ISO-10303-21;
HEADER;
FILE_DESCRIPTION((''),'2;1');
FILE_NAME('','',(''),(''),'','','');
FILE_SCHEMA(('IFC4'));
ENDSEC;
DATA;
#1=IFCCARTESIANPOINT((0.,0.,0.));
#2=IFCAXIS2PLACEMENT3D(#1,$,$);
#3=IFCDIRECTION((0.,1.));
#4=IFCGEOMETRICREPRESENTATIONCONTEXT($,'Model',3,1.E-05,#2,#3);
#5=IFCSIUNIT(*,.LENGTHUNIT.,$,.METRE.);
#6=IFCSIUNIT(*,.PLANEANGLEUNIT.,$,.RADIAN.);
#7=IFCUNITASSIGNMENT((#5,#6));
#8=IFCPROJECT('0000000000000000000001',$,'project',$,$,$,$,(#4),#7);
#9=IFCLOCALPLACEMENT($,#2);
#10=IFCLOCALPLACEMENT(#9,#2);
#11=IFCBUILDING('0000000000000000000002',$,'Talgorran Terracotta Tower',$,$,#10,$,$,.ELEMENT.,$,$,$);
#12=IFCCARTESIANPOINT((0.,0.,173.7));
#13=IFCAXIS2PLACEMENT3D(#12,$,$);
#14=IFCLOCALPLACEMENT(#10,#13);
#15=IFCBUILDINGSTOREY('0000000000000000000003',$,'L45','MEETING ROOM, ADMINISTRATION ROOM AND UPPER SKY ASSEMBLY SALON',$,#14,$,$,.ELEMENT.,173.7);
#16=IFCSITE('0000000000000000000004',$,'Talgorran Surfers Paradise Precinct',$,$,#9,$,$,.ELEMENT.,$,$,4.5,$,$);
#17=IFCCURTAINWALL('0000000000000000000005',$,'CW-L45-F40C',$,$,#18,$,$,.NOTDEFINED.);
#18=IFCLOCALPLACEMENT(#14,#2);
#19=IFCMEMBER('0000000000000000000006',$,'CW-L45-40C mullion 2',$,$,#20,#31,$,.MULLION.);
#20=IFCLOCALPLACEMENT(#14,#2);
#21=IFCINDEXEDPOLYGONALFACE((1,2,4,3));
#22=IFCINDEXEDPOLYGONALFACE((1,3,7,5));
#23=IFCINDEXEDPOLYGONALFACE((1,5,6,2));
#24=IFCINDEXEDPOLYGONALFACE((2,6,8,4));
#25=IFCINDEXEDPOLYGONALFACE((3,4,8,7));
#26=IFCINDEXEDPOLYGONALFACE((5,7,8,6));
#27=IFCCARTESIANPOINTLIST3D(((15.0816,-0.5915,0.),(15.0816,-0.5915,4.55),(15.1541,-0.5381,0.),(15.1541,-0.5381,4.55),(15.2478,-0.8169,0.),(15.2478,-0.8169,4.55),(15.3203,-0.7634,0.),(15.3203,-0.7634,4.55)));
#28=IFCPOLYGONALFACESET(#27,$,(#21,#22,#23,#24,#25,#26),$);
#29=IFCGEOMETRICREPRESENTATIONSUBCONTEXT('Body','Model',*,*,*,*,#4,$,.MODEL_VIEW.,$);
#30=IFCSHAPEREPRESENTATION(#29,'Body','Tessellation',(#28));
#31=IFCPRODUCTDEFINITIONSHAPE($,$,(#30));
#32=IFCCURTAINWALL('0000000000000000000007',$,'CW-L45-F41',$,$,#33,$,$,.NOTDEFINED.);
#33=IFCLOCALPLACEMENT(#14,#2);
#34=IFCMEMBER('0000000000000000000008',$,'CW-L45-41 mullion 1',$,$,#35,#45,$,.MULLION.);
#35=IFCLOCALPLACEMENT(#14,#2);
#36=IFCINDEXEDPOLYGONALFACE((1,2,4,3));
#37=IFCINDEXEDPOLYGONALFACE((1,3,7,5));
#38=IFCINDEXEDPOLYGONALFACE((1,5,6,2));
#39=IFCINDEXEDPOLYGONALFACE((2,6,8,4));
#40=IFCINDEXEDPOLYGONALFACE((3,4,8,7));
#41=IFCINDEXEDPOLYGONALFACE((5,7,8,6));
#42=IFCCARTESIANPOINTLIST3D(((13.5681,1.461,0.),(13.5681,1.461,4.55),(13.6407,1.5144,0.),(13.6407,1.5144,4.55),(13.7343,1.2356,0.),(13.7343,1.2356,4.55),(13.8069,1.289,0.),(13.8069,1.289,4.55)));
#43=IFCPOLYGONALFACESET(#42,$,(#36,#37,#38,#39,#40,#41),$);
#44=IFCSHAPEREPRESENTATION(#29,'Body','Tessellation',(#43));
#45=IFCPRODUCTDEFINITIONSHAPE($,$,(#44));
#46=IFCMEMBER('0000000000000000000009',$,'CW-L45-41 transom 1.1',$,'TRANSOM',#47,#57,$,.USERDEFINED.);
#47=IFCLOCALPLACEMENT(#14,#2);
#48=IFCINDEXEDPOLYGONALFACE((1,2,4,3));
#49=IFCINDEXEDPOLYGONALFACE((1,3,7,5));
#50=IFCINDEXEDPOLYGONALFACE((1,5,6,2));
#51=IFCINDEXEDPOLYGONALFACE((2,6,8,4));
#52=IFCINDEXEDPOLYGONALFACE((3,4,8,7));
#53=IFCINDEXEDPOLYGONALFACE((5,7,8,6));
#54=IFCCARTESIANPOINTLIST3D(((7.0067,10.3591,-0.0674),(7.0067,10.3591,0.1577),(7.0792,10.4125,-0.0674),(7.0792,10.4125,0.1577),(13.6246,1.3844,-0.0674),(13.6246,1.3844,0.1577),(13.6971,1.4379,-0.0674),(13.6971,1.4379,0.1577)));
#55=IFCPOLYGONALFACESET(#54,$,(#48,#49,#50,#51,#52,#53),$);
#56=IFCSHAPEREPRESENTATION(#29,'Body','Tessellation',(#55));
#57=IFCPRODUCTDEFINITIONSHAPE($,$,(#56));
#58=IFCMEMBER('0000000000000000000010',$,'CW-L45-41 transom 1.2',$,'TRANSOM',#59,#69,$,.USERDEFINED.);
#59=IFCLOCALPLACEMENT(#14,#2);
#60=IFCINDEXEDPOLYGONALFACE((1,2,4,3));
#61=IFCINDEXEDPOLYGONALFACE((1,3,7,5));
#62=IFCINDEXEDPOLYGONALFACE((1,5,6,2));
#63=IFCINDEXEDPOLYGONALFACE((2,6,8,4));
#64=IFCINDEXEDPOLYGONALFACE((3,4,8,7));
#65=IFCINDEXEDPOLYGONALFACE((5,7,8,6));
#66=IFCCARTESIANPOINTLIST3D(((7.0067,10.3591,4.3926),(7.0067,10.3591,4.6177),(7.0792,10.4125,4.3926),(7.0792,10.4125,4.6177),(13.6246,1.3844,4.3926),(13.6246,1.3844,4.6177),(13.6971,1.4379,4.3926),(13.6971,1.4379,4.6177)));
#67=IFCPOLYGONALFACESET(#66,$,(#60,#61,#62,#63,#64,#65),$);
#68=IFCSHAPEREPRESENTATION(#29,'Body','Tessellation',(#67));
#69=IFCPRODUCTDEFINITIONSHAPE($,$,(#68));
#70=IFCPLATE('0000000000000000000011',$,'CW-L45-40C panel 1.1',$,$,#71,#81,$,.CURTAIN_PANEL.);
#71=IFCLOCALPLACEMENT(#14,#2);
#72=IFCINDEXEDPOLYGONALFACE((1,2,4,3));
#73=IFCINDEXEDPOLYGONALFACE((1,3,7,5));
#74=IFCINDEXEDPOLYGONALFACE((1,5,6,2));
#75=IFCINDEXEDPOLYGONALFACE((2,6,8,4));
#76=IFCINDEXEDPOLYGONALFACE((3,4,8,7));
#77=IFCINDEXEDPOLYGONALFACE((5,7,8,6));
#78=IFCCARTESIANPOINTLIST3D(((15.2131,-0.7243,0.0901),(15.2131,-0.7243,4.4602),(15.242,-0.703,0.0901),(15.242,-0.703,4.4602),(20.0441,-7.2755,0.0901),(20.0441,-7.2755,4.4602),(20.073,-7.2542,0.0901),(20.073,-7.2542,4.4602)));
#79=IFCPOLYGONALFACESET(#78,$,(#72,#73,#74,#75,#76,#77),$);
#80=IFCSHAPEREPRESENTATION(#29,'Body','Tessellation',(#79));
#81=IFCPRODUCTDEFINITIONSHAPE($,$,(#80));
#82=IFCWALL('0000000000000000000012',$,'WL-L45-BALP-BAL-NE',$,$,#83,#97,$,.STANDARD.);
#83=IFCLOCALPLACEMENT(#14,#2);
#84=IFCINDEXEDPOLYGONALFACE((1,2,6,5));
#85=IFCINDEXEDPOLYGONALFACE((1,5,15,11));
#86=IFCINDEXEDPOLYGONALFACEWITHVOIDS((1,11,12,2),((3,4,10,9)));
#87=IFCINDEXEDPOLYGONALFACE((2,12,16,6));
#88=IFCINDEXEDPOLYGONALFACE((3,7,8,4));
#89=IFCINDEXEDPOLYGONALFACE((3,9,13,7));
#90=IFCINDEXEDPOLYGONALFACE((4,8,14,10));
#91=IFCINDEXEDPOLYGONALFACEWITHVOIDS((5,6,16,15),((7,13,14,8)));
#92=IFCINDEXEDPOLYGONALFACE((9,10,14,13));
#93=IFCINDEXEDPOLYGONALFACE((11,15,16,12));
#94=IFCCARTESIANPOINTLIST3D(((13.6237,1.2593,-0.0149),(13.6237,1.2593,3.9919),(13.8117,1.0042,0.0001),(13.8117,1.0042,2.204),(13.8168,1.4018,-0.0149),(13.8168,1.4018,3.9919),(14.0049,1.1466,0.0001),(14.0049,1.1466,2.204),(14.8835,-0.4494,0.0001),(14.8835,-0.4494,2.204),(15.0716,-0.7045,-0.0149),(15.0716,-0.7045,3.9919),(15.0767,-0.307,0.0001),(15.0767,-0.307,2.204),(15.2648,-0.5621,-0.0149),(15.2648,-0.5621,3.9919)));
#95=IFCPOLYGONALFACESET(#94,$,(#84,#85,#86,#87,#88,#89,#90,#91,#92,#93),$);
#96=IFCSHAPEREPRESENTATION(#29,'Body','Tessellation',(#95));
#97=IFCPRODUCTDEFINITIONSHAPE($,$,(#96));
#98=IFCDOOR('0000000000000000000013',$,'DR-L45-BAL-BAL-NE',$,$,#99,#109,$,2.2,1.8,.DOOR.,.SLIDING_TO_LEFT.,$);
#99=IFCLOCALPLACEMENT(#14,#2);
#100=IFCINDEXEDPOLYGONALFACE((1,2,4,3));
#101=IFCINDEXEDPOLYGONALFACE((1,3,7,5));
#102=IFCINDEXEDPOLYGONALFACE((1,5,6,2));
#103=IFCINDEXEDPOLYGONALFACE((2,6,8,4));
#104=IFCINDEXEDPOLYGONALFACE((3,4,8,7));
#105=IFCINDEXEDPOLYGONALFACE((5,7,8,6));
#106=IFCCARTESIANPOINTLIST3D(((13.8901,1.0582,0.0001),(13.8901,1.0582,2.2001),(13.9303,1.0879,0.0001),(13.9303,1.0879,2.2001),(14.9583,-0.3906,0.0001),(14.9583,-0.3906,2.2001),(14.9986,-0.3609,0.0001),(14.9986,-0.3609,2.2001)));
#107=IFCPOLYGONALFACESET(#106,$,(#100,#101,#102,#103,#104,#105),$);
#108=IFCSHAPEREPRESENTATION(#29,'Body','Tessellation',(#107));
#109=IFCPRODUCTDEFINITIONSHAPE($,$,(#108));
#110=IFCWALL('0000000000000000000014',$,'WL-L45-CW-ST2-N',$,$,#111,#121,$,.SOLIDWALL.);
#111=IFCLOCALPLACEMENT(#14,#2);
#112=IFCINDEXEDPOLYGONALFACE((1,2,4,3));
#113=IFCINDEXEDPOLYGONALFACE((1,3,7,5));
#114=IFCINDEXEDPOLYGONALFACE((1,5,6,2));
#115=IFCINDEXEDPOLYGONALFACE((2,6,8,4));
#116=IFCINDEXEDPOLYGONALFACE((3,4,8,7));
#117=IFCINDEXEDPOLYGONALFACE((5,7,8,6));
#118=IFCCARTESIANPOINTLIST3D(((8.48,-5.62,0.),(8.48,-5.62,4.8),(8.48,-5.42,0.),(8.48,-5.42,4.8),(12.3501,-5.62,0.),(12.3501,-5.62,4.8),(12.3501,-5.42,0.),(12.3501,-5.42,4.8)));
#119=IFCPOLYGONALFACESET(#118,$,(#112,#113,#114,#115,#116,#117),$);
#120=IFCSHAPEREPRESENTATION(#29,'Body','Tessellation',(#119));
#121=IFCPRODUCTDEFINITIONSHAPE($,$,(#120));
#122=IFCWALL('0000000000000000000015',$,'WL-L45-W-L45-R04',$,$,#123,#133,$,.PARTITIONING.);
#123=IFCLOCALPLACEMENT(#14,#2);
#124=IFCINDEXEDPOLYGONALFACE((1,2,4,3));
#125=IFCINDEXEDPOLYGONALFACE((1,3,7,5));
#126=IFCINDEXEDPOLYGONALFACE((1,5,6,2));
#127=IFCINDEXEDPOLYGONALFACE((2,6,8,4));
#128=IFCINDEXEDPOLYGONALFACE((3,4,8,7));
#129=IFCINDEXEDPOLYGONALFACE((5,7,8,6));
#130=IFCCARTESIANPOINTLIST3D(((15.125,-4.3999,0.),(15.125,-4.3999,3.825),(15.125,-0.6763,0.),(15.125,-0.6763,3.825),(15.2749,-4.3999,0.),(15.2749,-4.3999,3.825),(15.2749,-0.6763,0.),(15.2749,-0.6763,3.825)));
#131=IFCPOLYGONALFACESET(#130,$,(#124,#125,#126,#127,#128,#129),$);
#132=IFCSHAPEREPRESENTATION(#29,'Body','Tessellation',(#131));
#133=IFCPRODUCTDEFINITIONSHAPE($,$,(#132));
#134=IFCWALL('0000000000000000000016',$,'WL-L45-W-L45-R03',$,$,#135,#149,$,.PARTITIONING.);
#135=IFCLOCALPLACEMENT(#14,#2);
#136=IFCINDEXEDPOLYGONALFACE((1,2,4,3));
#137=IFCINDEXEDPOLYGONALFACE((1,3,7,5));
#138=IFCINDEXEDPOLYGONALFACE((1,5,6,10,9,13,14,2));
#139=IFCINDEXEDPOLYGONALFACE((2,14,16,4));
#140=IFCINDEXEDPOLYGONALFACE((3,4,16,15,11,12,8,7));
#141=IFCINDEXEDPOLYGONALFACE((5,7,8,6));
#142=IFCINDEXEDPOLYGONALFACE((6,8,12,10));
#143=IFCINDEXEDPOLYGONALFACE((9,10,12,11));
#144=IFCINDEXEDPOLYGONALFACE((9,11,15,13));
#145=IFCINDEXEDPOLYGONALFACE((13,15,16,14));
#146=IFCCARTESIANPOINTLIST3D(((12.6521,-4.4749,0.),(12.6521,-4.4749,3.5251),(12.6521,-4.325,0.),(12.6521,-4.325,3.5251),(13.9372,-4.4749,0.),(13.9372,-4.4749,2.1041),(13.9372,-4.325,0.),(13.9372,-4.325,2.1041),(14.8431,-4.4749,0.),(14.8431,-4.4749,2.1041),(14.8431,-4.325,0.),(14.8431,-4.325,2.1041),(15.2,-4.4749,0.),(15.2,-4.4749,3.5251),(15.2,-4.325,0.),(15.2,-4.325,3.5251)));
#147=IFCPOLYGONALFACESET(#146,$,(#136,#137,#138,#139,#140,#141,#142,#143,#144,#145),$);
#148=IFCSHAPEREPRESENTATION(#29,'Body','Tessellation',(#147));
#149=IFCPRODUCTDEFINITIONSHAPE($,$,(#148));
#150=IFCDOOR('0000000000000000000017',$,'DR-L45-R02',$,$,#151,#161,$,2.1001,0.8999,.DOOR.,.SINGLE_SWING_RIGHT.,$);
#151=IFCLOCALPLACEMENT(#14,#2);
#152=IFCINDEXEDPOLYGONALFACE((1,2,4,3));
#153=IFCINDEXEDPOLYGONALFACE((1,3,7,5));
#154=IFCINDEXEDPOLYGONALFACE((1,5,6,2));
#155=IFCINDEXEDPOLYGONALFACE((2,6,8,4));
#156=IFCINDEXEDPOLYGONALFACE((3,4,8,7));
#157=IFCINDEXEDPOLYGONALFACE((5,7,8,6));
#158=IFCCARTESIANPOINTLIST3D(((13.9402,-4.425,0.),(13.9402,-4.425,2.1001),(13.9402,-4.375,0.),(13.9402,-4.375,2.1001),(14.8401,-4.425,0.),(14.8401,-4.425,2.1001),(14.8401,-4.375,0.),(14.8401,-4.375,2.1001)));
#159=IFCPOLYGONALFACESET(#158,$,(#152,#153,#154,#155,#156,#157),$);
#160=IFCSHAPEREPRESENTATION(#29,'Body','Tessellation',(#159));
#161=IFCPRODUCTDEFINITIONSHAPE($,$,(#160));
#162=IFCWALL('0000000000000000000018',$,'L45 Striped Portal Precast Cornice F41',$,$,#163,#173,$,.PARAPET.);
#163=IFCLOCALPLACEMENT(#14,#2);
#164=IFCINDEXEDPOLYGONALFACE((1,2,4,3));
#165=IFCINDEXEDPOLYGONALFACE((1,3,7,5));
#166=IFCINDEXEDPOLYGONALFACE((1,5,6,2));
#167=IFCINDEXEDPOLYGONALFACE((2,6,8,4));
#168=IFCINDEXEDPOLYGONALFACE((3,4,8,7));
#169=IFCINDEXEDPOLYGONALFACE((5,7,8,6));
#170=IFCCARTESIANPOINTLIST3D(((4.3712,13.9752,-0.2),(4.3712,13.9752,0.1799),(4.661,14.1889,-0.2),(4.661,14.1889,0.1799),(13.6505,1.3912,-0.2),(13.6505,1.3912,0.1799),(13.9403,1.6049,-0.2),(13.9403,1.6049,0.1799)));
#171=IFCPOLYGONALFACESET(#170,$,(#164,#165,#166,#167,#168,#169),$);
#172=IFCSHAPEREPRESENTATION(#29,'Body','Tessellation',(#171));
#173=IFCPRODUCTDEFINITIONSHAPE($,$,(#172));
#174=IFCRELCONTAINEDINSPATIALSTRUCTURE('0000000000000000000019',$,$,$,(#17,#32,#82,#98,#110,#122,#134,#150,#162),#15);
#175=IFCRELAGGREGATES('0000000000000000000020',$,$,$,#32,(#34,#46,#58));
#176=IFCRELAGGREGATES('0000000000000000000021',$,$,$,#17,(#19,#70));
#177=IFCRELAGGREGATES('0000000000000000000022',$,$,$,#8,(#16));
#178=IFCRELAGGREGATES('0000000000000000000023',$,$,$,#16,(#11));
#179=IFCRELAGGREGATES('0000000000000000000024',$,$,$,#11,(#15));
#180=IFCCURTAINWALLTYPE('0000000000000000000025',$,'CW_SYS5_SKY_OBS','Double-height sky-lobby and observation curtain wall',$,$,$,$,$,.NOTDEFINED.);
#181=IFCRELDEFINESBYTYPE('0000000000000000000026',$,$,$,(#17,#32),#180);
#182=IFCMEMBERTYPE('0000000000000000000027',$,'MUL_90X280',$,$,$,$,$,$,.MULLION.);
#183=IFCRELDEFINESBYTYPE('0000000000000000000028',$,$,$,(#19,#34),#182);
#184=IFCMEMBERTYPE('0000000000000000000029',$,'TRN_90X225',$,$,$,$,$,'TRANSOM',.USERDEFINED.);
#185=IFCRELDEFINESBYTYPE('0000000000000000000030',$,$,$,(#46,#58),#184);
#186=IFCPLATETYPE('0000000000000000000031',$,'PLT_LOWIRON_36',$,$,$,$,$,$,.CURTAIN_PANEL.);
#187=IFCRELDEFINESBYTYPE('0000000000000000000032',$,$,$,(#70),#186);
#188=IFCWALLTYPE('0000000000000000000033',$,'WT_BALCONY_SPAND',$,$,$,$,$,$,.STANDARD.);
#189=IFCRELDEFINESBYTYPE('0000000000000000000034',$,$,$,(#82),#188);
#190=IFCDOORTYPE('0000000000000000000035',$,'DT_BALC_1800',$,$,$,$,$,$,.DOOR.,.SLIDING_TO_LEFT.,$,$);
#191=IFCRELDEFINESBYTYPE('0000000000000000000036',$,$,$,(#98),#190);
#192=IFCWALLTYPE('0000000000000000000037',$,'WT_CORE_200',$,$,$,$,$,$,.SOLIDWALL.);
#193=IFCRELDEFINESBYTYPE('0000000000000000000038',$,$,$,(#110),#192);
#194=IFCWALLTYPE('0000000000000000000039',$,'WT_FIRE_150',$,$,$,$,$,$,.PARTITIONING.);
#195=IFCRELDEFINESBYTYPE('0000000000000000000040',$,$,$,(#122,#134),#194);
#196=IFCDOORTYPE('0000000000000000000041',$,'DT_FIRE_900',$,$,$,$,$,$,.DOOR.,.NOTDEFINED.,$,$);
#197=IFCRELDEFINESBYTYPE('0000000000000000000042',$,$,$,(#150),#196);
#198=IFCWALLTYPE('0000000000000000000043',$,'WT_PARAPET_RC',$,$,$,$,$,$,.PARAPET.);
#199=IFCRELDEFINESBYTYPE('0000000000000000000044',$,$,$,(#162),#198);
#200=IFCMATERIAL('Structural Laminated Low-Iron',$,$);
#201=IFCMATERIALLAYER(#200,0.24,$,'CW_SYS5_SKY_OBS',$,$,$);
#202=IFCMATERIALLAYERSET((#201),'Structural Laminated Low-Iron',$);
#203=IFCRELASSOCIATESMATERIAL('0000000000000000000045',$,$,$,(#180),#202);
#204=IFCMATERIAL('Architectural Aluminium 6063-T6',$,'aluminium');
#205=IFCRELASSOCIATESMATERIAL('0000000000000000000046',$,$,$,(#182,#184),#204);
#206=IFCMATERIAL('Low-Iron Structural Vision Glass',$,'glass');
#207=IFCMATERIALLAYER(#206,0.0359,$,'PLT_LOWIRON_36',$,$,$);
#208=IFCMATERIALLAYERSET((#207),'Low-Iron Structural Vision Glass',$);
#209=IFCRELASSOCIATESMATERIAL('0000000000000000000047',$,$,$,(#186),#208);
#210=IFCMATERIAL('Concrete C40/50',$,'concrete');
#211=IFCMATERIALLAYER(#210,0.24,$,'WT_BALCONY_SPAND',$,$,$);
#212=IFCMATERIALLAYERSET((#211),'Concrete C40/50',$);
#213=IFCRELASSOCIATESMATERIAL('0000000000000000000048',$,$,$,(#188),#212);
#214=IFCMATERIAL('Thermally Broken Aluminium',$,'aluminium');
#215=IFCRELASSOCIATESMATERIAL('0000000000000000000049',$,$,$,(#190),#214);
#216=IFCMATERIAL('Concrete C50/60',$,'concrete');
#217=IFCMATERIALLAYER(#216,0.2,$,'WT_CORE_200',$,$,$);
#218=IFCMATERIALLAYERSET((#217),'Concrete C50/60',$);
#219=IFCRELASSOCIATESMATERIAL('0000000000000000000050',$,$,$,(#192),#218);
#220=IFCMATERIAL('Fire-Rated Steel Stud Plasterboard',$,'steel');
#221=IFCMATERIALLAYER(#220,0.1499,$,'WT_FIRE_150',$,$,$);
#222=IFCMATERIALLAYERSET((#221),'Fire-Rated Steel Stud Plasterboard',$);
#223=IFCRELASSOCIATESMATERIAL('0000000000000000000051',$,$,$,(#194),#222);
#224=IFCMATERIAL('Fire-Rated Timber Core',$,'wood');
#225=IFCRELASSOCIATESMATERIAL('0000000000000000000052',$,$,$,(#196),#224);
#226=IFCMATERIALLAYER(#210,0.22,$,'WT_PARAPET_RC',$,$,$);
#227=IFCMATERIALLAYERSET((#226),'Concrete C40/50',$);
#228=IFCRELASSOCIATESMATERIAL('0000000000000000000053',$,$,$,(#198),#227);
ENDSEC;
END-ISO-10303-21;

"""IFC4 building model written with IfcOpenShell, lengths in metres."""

from ifc_helpers import new_model, si_unit, direction, frame, frame_2d, origin, origin_2d, place, context, subcontext, project, spatial, rectangle, extrude, source, transform, mapped, material, layer, layer_set, material_profile, profile_set, type_object, type_shapes, element, fill, aggregate, save


model = new_model("IFC4")

# Units and contexts
model_context = context("Model", 3, precision=1e-05, world=origin(), true_north=direction((0.0, 1.0)))
body_context = subcontext(model_context, "Body", "Model", "MODEL_VIEW")
ifc_project = project(units=[si_unit("LENGTHUNIT", "METRE"), si_unit("PLANEANGLEUNIT", "RADIAN")], contexts=[model_context])

# Site, building, storey
site_placement = place(None, origin())
site = spatial("IfcSite", under=ifc_project, at=site_placement, Name="Talgorran Surfers Paradise Precinct", CompositionType="ELEMENT", RefElevation=4.5)
building_placement = place(site_placement, origin())
building = spatial("IfcBuilding", under=site, at=building_placement, Name="Talgorran Terracotta Tower", CompositionType="ELEMENT")
storey_placement = place(building_placement, frame((0.0, 0.0, 173.7)))
storey = spatial("IfcBuildingStorey", under=building, at=storey_placement, Name="L45", Description="MEETING ROOM, ADMINISTRATION ROOM AND UPPER SKY ASSEMBLY SALON", CompositionType="ELEMENT", Elevation=173.7)

# Curtain wall, member
ifc_material_1 = material(Name="Structural Laminated Low-Iron")
ifc_layer_1 = layer(ifc_material_1, 0.24, Name="CW_SYS5_SKY_OBS")
ifc_layer_set_1 = layer_set([ifc_layer_1], Name="Structural Laminated Low-Iron")
curtain_wall_type = type_object("IfcCurtainWallType", Name="CW_SYS5_SKY_OBS", Description="Double-height sky-lobby and observation curtain wall", PredefinedType="NOTDEFINED", material=ifc_layer_set_1)
curtain_wall_1_placement = place(storey_placement, origin())
curtain_wall_1 = element("IfcCurtainWall", 1, at=curtain_wall_1_placement, inside=storey, type_object=curtain_wall_type, Name="CW-L45-F40C", PredefinedType="NOTDEFINED")
ifc_material_2 = material(Name="Architectural Aluminium 6063-T6", Category="aluminium")
ifc_material_profile_1 = material_profile(ifc_material_2, rectangle(XDim=0.0901, YDim=0.28, at=origin_2d()), Name="CWM90X280")
ifc_profile_set_1 = profile_set([ifc_material_profile_1], Name="Architectural Aluminium 6063-T6")
member_type_1 = type_object("IfcMemberType", Name="MUL_90X280", PredefinedType="MULLION", material=ifc_profile_set_1)
member_1_placement = place(storey_placement, frame((15.2009, -0.6775, 0.0), z_axis=(0.0, 0.0, 1.0), x_axis=(-0.804836, -0.593497, 0.0)))
member_1 = element("IfcMember", 2, at=member_1_placement, type_object=member_type_1, Name="CW-L45-40C mullion 2", PredefinedType="MULLION", context=body_context, shape_type="SweptSolid", body=[
    extrude(rectangle(XDim=0.0901, YDim=0.28, at=origin_2d()), origin(), (0.0, 0.0, 1.0), 4.55),
])

# Curtain wall, members
curtain_wall_2_placement = place(storey_placement, origin())
curtain_wall_2 = element("IfcCurtainWall", 3, at=curtain_wall_2_placement, inside=storey, type_object=curtain_wall_type, Name="CW-L45-F41", PredefinedType="NOTDEFINED")
member_2_placement = place(storey_placement, frame((13.6875, 1.375, 0.0), z_axis=(0.0, 0.0, 1.0), x_axis=(-0.804839, -0.593493, 0.0)))
member_2 = element("IfcMember", 4, at=member_2_placement, type_object=member_type_1, Name="CW-L45-41 mullion 1", PredefinedType="MULLION", context=body_context, shape_type="SweptSolid", body=[
    extrude(rectangle(XDim=0.0901, YDim=0.28, at=origin_2d()), origin(), (0.0, 0.0, 1.0), 4.55),
])
ifc_material_profile_2 = material_profile(ifc_material_2, rectangle(XDim=0.0901, YDim=0.2251, at=origin_2d()), Name="CWT90X225")
ifc_profile_set_2 = profile_set([ifc_material_profile_2], Name="Architectural Aluminium 6063-T6")
member_type_2 = type_object("IfcMemberType", Name="TRN_90X225", ElementType="TRANSOM", PredefinedType="USERDEFINED", material=ifc_profile_set_2)
member_3_placement = place(storey_placement, frame((13.6609, 1.4111, 0.0452), z_axis=(-0.593493, 0.80484, 0.0), x_axis=(-0.80484, -0.593493, 0.0)))
member_3 = element("IfcMember", 5, at=member_3_placement, type_object=member_type_2, Name="CW-L45-41 transom 1.1", ObjectType="TRANSOM", PredefinedType="USERDEFINED", context=body_context, shape_type="SweptSolid", body=[
    extrude(rectangle(XDim=0.0901, YDim=0.2251, at=origin_2d()), origin(), (0.0, 0.0, 1.0), 11.1509),
])
member_4_placement = place(storey_placement, frame((13.6609, 1.4111, 4.5051), z_axis=(-0.593493, 0.80484, 0.0), x_axis=(-0.80484, -0.593493, 0.0)))
member_4 = element("IfcMember", 6, at=member_4_placement, type_object=member_type_2, Name="CW-L45-41 transom 1.2", ObjectType="TRANSOM", PredefinedType="USERDEFINED", context=body_context, shape_type="SweptSolid", body=[
    extrude(rectangle(XDim=0.0901, YDim=0.2251, at=origin_2d()), origin(), (0.0, 0.0, 1.0), 11.1509),
])
aggregate(curtain_wall_2, [member_2, member_3, member_4])

# Plate
ifc_material_3 = material(Name="Low-Iron Structural Vision Glass", Category="glass")
ifc_layer_2 = layer(ifc_material_3, 0.0359, Name="PLT_LOWIRON_36")
ifc_layer_set_2 = layer_set([ifc_layer_2], Name="Low-Iron Structural Vision Glass")
plate_type = type_object("IfcPlateType", Name="PLT_LOWIRON_36", PredefinedType="CURTAIN_PANEL", material=ifc_layer_set_2)
shared_shape = source(origin(), body_context, "Body", "SweptSolid", [
    extrude(rectangle(XDim=8.1399, YDim=0.0359, at=origin_2d()), origin(), (0.0, 0.0, 1.0), 4.3701),
])
type_shapes(plate_type, [shared_shape])
plate_placement = place(storey_placement, frame((17.6431, -3.9893, 0.0901), z_axis=(0.0, 0.0, 1.0), x_axis=(-0.593497, 0.804836, 0.0)))
plate = element("IfcPlate", 7, at=plate_placement, type_object=plate_type, Name="CW-L45-40C panel 1.1", PredefinedType="CURTAIN_PANEL", context=body_context, shape_type="MappedRepresentation", body=[
    mapped(shared_shape, transform((0.0, 0.0, 0.0), scale=1.0)),
])
aggregate(curtain_wall_1, [member_1, plate])

# Wall, opening, door
ifc_material_4 = material(Name="Concrete C40/50", Category="concrete")
ifc_layer_3 = layer(ifc_material_4, 0.24, Name="WT_BALCONY_SPAND")
ifc_layer_set_3 = layer_set([ifc_layer_3], Name="Concrete C40/50")
wall_type_1 = type_object("IfcWallType", Name="WT_BALCONY_SPAND", PredefinedType="STANDARD", material=ifc_layer_set_3)
wall_1_placement = place(storey_placement, frame((15.1682, -0.6333, -0.0149), z_axis=(0.0, 0.0, 1.0), x_axis=(-0.593448, 0.804872, 0.0)))
wall_1 = element("IfcWall", 8, at=wall_1_placement, inside=storey, type_object=wall_type_1, Name="WL-L45-BALP-BAL-NE", PredefinedType="STANDARD", context=body_context, shape_type="SweptSolid", body=[
    extrude(rectangle(XDim=2.4399, YDim=0.24, at=frame_2d((1.22, 0.0))), origin(), (0.0, 0.0, 1.0), 4.0068),
])
opening_1_placement = place(wall_1_placement, frame((0.3201, 0.0, 0.0149)))
opening_1 = element("IfcOpeningElement", 9, at=opening_1_placement, cuts=wall_1, PredefinedType="OPENING", context=body_context, shape_type="SweptSolid", body=[
    extrude(rectangle(XDim=1.806, YDim=2.204, at=frame_2d((0.8999, 1.1021))), frame((0.0, 0.1299, 0.0), z_axis=(0.0, -1.0, 0.0), x_axis=(1.0, 0.0, 0.0)), (0.0, 0.0, 1.0), 0.26),
])
ifc_material_5 = material(Name="Thermally Broken Aluminium", Category="aluminium")
door_type_1 = type_object("IfcDoorType", Name="DT_BALC_1800", OperationType="SLIDING_TO_LEFT", PredefinedType="DOOR", material=ifc_material_5)
door_1_placement = place(opening_1_placement, origin())
door_1 = element("IfcDoor", 10, at=door_1_placement, inside=storey, type_object=door_type_1, Name="DR-L45-BAL-BAL-NE", OperationType="SLIDING_TO_LEFT", OverallHeight=2.2, OverallWidth=1.8, PredefinedType="DOOR", context=body_context, shape_type="SweptSolid", body=[
    extrude(rectangle(XDim=1.8, YDim=2.2, at=frame_2d((0.8999, 1.1001))), frame((0.0, 0.0249, 0.0), z_axis=(0.0, -1.0, 0.0), x_axis=(1.0, 0.0, 0.0)), (0.0, 0.0, 1.0), 0.05),
])
fill(opening_1, door_1)

# Walls
ifc_material_6 = material(Name="Concrete C50/60", Category="concrete")
ifc_layer_4 = layer(ifc_material_6, 0.2, Name="WT_CORE_200")
ifc_layer_set_4 = layer_set([ifc_layer_4], Name="Concrete C50/60")
wall_type_2 = type_object("IfcWallType", Name="WT_CORE_200", PredefinedType="SOLIDWALL", material=ifc_layer_set_4)
wall_2_placement = place(storey_placement, frame((8.48, -5.52, 0.0), z_axis=(0.0, 0.0, 1.0), x_axis=(1.0, 0.0, 0.0)))
element("IfcWall", 11, at=wall_2_placement, inside=storey, type_object=wall_type_2, Name="WL-L45-CW-ST2-N", PredefinedType="SOLIDWALL", context=body_context, shape_type="SweptSolid", body=[
    extrude(rectangle(XDim=3.8701, YDim=0.2, at=frame_2d((1.9351, 0.0))), origin(), (0.0, 0.0, 1.0), 4.8),
])
ifc_material_7 = material(Name="Fire-Rated Steel Stud Plasterboard", Category="steel")
ifc_layer_5 = layer(ifc_material_7, 0.1499, Name="WT_FIRE_150")
ifc_layer_set_5 = layer_set([ifc_layer_5], Name="Fire-Rated Steel Stud Plasterboard")
wall_type_3 = type_object("IfcWallType", Name="WT_FIRE_150", PredefinedType="PARTITIONING", material=ifc_layer_set_5)
wall_3_placement = place(storey_placement, frame((15.2, -4.3999, 0.0), z_axis=(0.0, 0.0, 1.0), x_axis=(0.0, 1.0, 0.0)))
element("IfcWall", 12, at=wall_3_placement, inside=storey, type_object=wall_type_3, Name="WL-L45-W-L45-R04", PredefinedType="PARTITIONING", context=body_context, shape_type="SweptSolid", body=[
    extrude(rectangle(XDim=3.7236, YDim=0.1499, at=frame_2d((1.8618, 0.0))), origin(), (0.0, 0.0, 1.0), 3.825),
])

# Wall, opening, door
wall_4_placement = place(storey_placement, frame((12.6521, -4.3999, 0.0), z_axis=(0.0, 0.0, 1.0), x_axis=(1.0, 0.0, 0.0)))
wall_4 = element("IfcWall", 13, at=wall_4_placement, inside=storey, type_object=wall_type_3, Name="WL-L45-W-L45-R03", PredefinedType="PARTITIONING", context=body_context, shape_type="SweptSolid", body=[
    extrude(rectangle(XDim=2.5479, YDim=0.1499, at=frame_2d((1.2739, 0.0))), origin(), (0.0, 0.0, 1.0), 3.5251),
])
opening_2_placement = place(wall_4_placement, frame((1.2881, 0.0, 0.0)))
opening_2 = element("IfcOpeningElement", 14, at=opening_2_placement, cuts=wall_4, PredefinedType="OPENING", context=body_context, shape_type="SweptSolid", body=[
    extrude(rectangle(XDim=0.9059, YDim=2.1041, at=frame_2d((0.45, 1.052))), frame((0.0, 0.085, 0.0), z_axis=(0.0, -1.0, 0.0), x_axis=(1.0, 0.0, 0.0)), (0.0, 0.0, 1.0), 0.1699),
])
ifc_material_8 = material(Name="Fire-Rated Timber Core", Category="wood")
door_type_2 = type_object("IfcDoorType", Name="DT_FIRE_900", OperationType="NOTDEFINED", PredefinedType="DOOR", material=ifc_material_8)
door_2_placement = place(opening_2_placement, origin())
door_2 = element("IfcDoor", 15, at=door_2_placement, inside=storey, type_object=door_type_2, Name="DR-L45-R02", OperationType="SINGLE_SWING_RIGHT", OverallHeight=2.1001, OverallWidth=0.8999, PredefinedType="DOOR", context=body_context, shape_type="SweptSolid", body=[
    extrude(rectangle(XDim=0.8999, YDim=2.1001, at=frame_2d((0.45, 1.05))), frame((0.0, 0.0249, 0.0), z_axis=(0.0, -1.0, 0.0), x_axis=(1.0, 0.0, 0.0)), (0.0, 0.0, 1.0), 0.05),
])
fill(opening_2, door_2)

# Wall
ifc_layer_6 = layer(ifc_material_4, 0.22, Name="WT_PARAPET_RC")
ifc_layer_set_6 = layer_set([ifc_layer_6], Name="Concrete C40/50")
wall_type_4 = type_object("IfcWallType", Name="WT_PARAPET_RC", PredefinedType="PARAPET", material=ifc_layer_set_6)
wall_5_placement = place(storey_placement, frame((13.7954, 1.498, -0.2), z_axis=(0.0, 0.0, 1.0), x_axis=(-0.593484, 0.804845, 0.0)))
element("IfcWall", 16, at=wall_5_placement, inside=storey, type_object=wall_type_4, Name="L45 Striped Portal Precast Cornice F41", PredefinedType="PARAPET", context=body_context, shape_type="SweptSolid", body=[
    extrude(rectangle(XDim=15.6353, YDim=0.3601, at=frame_2d((7.8176, 0.0))), origin(), (0.0, 0.0, 1.0), 0.3799),
])

save(model, "model.ifc")
